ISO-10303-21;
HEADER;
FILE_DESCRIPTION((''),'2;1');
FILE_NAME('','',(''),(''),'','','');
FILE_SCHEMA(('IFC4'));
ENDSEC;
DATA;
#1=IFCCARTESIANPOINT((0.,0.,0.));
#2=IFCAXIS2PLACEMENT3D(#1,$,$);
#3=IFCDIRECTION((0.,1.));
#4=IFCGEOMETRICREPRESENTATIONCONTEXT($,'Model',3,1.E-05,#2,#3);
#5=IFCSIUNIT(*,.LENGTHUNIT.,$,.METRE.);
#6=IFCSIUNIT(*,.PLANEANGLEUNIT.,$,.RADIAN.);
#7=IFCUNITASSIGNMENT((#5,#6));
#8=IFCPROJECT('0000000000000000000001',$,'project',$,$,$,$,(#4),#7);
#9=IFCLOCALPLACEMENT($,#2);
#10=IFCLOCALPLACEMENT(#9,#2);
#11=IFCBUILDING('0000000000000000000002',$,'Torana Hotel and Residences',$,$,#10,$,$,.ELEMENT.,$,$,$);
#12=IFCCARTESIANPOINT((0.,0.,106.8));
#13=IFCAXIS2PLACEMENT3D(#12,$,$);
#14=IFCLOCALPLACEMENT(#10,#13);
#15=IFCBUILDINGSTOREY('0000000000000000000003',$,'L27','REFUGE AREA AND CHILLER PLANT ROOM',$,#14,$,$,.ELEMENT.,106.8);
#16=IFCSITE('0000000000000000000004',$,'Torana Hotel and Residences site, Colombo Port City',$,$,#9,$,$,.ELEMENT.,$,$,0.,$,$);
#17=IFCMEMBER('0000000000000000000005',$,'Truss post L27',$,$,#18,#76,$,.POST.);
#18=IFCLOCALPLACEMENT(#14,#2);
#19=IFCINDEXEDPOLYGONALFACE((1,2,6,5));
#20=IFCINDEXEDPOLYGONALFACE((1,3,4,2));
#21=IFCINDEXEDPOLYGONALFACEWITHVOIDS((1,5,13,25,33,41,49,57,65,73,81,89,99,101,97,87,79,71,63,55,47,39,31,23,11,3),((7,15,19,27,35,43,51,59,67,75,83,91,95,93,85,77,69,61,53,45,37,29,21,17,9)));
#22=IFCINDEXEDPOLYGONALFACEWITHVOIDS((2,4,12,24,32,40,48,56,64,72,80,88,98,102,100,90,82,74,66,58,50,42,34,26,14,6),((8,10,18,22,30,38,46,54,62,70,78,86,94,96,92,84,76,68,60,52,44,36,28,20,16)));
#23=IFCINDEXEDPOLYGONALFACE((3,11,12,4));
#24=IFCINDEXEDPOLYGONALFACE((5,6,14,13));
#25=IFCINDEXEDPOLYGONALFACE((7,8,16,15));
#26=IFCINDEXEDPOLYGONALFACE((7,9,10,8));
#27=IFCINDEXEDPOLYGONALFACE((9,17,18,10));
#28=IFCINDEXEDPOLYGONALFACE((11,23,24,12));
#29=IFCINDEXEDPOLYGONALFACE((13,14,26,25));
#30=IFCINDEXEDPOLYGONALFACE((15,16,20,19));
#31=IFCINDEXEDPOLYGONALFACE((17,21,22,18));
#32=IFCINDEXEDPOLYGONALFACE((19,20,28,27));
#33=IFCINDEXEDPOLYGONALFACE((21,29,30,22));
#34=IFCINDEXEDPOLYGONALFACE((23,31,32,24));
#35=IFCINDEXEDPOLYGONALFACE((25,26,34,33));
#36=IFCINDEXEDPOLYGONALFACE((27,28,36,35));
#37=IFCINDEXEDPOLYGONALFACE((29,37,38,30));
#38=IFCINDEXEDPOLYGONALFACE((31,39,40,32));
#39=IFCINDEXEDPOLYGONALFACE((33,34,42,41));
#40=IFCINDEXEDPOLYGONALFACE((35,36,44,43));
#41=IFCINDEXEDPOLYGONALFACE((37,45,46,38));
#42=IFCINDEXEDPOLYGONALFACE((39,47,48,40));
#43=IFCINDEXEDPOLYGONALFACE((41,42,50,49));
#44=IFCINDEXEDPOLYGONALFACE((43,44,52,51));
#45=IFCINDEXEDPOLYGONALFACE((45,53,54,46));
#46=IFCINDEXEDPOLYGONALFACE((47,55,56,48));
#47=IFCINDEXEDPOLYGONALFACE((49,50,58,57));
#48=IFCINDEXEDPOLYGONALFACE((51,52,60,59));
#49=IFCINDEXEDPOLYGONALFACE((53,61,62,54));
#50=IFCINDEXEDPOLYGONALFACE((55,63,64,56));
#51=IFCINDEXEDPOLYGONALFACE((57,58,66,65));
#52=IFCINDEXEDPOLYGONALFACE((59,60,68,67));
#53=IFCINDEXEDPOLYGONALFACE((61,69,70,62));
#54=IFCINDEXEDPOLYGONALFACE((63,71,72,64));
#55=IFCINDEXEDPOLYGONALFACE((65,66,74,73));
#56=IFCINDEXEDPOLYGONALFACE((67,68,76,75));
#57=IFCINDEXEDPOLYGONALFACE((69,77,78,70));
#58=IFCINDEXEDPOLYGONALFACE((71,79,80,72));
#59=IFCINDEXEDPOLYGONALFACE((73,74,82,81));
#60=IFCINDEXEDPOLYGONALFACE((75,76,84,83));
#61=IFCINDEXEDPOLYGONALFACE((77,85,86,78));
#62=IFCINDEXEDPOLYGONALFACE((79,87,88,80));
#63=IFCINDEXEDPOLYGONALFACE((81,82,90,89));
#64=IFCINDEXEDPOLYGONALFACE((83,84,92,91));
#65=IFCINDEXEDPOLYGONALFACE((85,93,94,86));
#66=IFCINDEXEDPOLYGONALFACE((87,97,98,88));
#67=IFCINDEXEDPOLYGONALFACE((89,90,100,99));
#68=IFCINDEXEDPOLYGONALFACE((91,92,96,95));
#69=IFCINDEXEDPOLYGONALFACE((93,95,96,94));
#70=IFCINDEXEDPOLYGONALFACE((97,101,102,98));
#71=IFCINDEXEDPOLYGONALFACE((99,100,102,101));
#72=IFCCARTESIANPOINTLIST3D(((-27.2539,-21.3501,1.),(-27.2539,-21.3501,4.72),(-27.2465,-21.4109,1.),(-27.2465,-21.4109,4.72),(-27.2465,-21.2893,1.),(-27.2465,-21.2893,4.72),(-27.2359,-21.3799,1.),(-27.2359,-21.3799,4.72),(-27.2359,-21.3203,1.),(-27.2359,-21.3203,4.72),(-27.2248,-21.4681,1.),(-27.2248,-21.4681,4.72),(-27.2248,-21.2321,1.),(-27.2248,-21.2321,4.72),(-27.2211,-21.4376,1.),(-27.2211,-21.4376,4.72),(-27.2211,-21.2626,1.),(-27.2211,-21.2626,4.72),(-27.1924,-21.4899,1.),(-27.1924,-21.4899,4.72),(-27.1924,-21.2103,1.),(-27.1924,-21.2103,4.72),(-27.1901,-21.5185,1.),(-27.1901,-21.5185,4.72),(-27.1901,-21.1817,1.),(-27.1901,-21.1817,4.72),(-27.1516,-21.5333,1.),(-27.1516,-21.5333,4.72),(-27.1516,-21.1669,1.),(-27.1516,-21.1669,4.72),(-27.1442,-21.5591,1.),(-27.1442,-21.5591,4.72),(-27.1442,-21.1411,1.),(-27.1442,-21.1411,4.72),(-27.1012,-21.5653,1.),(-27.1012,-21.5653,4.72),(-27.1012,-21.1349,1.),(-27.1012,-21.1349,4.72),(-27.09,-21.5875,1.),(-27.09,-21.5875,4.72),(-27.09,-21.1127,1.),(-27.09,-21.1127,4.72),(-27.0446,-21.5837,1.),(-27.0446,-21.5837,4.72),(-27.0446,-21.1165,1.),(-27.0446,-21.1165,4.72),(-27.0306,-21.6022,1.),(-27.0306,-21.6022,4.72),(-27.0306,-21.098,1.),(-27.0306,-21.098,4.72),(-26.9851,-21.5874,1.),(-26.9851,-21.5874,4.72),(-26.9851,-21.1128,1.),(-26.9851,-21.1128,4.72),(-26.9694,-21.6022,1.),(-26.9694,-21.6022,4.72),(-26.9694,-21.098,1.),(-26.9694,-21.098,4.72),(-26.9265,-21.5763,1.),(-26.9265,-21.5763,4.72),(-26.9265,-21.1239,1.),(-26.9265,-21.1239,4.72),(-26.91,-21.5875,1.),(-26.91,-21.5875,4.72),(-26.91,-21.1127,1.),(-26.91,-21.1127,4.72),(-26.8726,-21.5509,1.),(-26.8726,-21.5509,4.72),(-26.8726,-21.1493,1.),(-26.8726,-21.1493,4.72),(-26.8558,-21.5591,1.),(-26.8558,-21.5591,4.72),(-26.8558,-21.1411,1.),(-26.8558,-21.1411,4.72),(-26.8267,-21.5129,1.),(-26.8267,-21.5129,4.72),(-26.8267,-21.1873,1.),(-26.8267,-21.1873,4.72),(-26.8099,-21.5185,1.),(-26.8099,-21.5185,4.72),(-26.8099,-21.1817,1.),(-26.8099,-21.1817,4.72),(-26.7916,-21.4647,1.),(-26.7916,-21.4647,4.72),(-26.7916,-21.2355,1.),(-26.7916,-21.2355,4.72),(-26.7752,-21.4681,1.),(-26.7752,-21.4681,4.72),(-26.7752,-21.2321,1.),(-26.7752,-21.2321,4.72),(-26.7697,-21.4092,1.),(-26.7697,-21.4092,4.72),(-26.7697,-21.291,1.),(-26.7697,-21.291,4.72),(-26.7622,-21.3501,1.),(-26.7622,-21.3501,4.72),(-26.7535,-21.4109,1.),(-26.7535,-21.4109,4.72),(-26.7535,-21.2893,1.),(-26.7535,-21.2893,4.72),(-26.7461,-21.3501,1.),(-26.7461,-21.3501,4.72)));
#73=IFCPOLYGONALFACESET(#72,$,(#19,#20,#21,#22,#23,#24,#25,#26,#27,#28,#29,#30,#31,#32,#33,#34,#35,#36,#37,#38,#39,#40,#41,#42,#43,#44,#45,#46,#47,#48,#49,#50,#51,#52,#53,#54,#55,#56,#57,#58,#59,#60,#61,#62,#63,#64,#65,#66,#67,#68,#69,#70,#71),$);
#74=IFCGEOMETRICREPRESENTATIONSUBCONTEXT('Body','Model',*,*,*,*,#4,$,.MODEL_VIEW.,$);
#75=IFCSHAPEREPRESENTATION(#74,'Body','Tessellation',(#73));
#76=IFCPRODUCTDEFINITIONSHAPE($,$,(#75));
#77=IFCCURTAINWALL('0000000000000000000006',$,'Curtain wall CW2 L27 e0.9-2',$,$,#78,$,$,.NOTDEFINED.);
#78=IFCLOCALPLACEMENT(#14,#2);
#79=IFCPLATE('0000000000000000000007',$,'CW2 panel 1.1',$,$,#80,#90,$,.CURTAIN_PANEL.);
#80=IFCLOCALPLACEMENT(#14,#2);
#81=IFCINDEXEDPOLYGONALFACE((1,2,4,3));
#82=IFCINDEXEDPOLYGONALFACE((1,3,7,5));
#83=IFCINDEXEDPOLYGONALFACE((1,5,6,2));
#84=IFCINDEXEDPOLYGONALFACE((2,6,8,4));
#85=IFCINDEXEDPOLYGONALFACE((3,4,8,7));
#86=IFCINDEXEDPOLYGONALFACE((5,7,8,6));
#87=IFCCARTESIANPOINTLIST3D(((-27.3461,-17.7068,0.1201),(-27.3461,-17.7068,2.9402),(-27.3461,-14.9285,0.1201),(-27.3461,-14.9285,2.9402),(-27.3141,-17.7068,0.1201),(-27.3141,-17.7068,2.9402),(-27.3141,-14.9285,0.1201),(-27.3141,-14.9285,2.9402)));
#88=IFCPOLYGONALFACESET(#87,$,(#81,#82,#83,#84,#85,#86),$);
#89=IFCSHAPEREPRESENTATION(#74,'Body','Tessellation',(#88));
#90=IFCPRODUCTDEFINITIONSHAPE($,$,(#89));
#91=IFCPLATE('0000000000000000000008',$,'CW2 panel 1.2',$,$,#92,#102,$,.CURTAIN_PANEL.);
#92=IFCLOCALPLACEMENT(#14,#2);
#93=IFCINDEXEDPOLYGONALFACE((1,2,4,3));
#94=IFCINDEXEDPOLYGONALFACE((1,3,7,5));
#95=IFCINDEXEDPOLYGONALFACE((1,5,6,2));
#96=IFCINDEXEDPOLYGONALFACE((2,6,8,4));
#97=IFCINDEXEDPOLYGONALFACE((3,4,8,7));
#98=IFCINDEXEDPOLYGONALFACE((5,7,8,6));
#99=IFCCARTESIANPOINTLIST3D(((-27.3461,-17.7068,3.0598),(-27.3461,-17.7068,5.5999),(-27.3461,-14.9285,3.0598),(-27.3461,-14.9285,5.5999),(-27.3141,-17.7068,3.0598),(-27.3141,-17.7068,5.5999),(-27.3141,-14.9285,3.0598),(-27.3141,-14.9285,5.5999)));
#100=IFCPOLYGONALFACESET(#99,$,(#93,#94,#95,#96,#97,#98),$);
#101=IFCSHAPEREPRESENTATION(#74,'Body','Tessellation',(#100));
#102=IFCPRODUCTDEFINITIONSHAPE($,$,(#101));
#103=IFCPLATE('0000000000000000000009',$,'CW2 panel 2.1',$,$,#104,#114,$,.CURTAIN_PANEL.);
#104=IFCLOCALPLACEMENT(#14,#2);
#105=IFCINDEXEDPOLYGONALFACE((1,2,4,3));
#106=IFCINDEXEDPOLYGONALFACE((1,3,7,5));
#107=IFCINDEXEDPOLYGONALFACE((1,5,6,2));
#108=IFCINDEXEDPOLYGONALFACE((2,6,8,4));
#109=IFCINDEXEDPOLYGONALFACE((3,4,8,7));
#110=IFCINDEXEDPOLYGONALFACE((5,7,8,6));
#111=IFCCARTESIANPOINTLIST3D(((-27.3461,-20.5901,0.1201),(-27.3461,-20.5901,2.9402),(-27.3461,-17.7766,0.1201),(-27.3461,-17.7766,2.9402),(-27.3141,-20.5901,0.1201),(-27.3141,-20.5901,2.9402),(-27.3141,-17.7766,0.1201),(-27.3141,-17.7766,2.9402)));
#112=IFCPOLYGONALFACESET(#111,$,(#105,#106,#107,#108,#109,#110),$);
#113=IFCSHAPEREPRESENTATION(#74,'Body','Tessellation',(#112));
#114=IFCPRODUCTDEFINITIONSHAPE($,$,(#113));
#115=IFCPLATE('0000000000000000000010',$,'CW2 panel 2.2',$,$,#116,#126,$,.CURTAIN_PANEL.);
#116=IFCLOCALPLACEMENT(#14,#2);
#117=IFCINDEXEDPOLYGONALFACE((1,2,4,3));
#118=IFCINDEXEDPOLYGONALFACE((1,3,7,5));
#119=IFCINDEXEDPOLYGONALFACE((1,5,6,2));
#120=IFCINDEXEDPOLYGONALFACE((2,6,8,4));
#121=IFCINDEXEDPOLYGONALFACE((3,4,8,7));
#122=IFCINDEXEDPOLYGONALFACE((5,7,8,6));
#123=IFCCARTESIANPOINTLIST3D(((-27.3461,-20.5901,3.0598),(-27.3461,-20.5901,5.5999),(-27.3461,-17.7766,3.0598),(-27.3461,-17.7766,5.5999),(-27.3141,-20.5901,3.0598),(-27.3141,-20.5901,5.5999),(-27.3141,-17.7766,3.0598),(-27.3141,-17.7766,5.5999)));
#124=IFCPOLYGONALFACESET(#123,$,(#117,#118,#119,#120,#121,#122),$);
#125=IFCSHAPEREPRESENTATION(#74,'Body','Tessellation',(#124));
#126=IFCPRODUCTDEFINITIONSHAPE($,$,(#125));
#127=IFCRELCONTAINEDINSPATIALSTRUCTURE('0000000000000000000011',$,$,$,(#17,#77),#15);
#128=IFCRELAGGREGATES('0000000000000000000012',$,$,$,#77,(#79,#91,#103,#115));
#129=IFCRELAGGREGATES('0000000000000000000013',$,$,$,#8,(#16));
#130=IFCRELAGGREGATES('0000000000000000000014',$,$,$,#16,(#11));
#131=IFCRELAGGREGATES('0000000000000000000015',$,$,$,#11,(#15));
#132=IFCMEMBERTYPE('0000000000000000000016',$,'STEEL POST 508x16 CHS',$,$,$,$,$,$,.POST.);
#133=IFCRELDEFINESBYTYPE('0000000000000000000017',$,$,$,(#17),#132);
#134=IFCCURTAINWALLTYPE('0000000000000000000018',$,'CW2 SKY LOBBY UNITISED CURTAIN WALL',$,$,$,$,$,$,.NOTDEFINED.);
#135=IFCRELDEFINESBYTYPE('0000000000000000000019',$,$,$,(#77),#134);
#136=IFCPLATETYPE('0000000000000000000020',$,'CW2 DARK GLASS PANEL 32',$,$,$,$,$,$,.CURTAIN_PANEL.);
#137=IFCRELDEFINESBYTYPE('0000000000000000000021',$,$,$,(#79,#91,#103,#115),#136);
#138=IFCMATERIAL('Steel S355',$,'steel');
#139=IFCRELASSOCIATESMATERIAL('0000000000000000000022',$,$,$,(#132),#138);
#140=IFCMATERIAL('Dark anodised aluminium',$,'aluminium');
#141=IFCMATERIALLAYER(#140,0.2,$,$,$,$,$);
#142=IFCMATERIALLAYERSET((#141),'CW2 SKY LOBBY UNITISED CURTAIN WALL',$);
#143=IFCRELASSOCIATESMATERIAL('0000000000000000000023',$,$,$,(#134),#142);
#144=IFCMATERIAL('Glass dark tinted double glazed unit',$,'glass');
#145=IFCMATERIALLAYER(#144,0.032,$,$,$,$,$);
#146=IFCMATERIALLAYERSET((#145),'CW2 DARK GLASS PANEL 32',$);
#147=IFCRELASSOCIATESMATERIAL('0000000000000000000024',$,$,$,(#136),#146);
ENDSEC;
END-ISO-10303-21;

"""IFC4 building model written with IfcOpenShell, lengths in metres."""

from ifc_helpers import new_model, si_unit, direction, frame, origin, origin_2d, place, context, subcontext, project, spatial, rectangle, hollow_circle, extrude, material, layer, layer_set, material_profile, profile_set, type_object, element, aggregate, save


model = new_model("IFC4")

# Units and contexts
model_context = context("Model", 3, precision=1e-05, world=origin(), true_north=direction((0.0, 1.0)))
body_context = subcontext(model_context, "Body", "Model", "MODEL_VIEW")
ifc_project = project(units=[si_unit("LENGTHUNIT", "METRE"), si_unit("PLANEANGLEUNIT", "RADIAN")], contexts=[model_context])

# Site, building, storey
site_placement = place(None, origin())
site = spatial("IfcSite", under=ifc_project, at=site_placement, Name="Torana Hotel and Residences site, Colombo Port City", CompositionType="ELEMENT", RefElevation=0.0)
building_placement = place(site_placement, origin())
building = spatial("IfcBuilding", under=site, at=building_placement, Name="Torana Hotel and Residences", CompositionType="ELEMENT")
storey_placement = place(building_placement, frame((0.0, 0.0, 106.8)))
storey = spatial("IfcBuildingStorey", under=building, at=storey_placement, Name="L27", Description="REFUGE AREA AND CHILLER PLANT ROOM", CompositionType="ELEMENT", Elevation=106.8)

# Member
ifc_material_1 = material(Name="Steel S355", Category="steel")
ifc_material_profile_1 = material_profile(ifc_material_1, hollow_circle(Radius=0.2539, WallThickness=0.0161, at=origin_2d()), Name="508x16 CHS")
ifc_profile_set_1 = profile_set([ifc_material_profile_1], Name="Steel S355")
member_type_1 = type_object("IfcMemberType", Name="STEEL POST 508x16 CHS", PredefinedType="POST", material=ifc_profile_set_1)
for number, where, z_axis, x_axis, name in (
    (1, (-27.0, -21.3501, 1.0), (0.0, 0.0, 1.0), (1.0, 0.0, 0.0), "Truss post L27"),
):
    element("IfcMember", number, at=place(storey_placement, frame(where, z_axis=z_axis, x_axis=x_axis)), inside=storey, type_object=member_type_1, Name=name, PredefinedType="POST", context=body_context, shape_type="SweptSolid", body=[
        extrude(hollow_circle(Radius=0.2539, WallThickness=0.0161, at=origin_2d()), origin(), (0.0, 0.0, 1.0), 3.72),
    ])

# Curtain wall, plates
ifc_material_2 = material(Name="Dark anodised aluminium", Category="aluminium")
ifc_layer_1 = layer(ifc_material_2, 0.2)
ifc_layer_set_1 = layer_set([ifc_layer_1], Name="CW2 SKY LOBBY UNITISED CURTAIN WALL")
curtain_wall_type = type_object("IfcCurtainWallType", Name="CW2 SKY LOBBY UNITISED CURTAIN WALL", PredefinedType="NOTDEFINED", material=ifc_layer_set_1)
curtain_wall_placement = place(storey_placement, origin())
curtain_wall = element("IfcCurtainWall", 2, at=curtain_wall_placement, inside=storey, type_object=curtain_wall_type, Name="Curtain wall CW2 L27 e0.9-2", PredefinedType="NOTDEFINED")
ifc_material_3 = material(Name="Glass dark tinted double glazed unit", Category="glass")
ifc_layer_2 = layer(ifc_material_3, 0.032)
ifc_layer_set_2 = layer_set([ifc_layer_2], Name="CW2 DARK GLASS PANEL 32")
plate_type = type_object("IfcPlateType", Name="CW2 DARK GLASS PANEL 32", PredefinedType="CURTAIN_PANEL", material=ifc_layer_set_2)
plate_1_placement = place(storey_placement, frame((-27.3301, -16.3176, 0.1201), z_axis=(0.0, 0.0, 1.0), x_axis=(0.0, -1.0, 0.0)))
plate_1 = element("IfcPlate", 3, at=plate_1_placement, type_object=plate_type, Name="CW2 panel 1.1", PredefinedType="CURTAIN_PANEL", context=body_context, shape_type="SweptSolid", body=[
    extrude(rectangle(XDim=2.7783, YDim=0.032, at=origin_2d()), origin(), (0.0, 0.0, 1.0), 2.8201),
])
plate_2_placement = place(storey_placement, frame((-27.3301, -16.3176, 3.0598), z_axis=(0.0, 0.0, 1.0), x_axis=(0.0, -1.0, 0.0)))
plate_2 = element("IfcPlate", 4, at=plate_2_placement, type_object=plate_type, Name="CW2 panel 1.2", PredefinedType="CURTAIN_PANEL", context=body_context, shape_type="SweptSolid", body=[
    extrude(rectangle(XDim=2.7783, YDim=0.032, at=origin_2d()), origin(), (0.0, 0.0, 1.0), 2.54),
])
plate_3_placement = place(storey_placement, frame((-27.3301, -19.1833, 0.1201), z_axis=(0.0, 0.0, 1.0), x_axis=(0.0, -1.0, 0.0)))
plate_3 = element("IfcPlate", 5, at=plate_3_placement, type_object=plate_type, Name="CW2 panel 2.1", PredefinedType="CURTAIN_PANEL", context=body_context, shape_type="SweptSolid", body=[
    extrude(rectangle(XDim=2.8135, YDim=0.032, at=origin_2d()), origin(), (0.0, 0.0, 1.0), 2.8201),
])
plate_4_placement = place(storey_placement, frame((-27.3301, -19.1833, 3.0598), z_axis=(0.0, 0.0, 1.0), x_axis=(0.0, -1.0, 0.0)))
plate_4 = element("IfcPlate", 6, at=plate_4_placement, type_object=plate_type, Name="CW2 panel 2.2", PredefinedType="CURTAIN_PANEL", context=body_context, shape_type="SweptSolid", body=[
    extrude(rectangle(XDim=2.8135, YDim=0.032, at=origin_2d()), origin(), (0.0, 0.0, 1.0), 2.54),
])
aggregate(curtain_wall, [plate_1, plate_2, plate_3, plate_4])

save(model, "model.ifc")
